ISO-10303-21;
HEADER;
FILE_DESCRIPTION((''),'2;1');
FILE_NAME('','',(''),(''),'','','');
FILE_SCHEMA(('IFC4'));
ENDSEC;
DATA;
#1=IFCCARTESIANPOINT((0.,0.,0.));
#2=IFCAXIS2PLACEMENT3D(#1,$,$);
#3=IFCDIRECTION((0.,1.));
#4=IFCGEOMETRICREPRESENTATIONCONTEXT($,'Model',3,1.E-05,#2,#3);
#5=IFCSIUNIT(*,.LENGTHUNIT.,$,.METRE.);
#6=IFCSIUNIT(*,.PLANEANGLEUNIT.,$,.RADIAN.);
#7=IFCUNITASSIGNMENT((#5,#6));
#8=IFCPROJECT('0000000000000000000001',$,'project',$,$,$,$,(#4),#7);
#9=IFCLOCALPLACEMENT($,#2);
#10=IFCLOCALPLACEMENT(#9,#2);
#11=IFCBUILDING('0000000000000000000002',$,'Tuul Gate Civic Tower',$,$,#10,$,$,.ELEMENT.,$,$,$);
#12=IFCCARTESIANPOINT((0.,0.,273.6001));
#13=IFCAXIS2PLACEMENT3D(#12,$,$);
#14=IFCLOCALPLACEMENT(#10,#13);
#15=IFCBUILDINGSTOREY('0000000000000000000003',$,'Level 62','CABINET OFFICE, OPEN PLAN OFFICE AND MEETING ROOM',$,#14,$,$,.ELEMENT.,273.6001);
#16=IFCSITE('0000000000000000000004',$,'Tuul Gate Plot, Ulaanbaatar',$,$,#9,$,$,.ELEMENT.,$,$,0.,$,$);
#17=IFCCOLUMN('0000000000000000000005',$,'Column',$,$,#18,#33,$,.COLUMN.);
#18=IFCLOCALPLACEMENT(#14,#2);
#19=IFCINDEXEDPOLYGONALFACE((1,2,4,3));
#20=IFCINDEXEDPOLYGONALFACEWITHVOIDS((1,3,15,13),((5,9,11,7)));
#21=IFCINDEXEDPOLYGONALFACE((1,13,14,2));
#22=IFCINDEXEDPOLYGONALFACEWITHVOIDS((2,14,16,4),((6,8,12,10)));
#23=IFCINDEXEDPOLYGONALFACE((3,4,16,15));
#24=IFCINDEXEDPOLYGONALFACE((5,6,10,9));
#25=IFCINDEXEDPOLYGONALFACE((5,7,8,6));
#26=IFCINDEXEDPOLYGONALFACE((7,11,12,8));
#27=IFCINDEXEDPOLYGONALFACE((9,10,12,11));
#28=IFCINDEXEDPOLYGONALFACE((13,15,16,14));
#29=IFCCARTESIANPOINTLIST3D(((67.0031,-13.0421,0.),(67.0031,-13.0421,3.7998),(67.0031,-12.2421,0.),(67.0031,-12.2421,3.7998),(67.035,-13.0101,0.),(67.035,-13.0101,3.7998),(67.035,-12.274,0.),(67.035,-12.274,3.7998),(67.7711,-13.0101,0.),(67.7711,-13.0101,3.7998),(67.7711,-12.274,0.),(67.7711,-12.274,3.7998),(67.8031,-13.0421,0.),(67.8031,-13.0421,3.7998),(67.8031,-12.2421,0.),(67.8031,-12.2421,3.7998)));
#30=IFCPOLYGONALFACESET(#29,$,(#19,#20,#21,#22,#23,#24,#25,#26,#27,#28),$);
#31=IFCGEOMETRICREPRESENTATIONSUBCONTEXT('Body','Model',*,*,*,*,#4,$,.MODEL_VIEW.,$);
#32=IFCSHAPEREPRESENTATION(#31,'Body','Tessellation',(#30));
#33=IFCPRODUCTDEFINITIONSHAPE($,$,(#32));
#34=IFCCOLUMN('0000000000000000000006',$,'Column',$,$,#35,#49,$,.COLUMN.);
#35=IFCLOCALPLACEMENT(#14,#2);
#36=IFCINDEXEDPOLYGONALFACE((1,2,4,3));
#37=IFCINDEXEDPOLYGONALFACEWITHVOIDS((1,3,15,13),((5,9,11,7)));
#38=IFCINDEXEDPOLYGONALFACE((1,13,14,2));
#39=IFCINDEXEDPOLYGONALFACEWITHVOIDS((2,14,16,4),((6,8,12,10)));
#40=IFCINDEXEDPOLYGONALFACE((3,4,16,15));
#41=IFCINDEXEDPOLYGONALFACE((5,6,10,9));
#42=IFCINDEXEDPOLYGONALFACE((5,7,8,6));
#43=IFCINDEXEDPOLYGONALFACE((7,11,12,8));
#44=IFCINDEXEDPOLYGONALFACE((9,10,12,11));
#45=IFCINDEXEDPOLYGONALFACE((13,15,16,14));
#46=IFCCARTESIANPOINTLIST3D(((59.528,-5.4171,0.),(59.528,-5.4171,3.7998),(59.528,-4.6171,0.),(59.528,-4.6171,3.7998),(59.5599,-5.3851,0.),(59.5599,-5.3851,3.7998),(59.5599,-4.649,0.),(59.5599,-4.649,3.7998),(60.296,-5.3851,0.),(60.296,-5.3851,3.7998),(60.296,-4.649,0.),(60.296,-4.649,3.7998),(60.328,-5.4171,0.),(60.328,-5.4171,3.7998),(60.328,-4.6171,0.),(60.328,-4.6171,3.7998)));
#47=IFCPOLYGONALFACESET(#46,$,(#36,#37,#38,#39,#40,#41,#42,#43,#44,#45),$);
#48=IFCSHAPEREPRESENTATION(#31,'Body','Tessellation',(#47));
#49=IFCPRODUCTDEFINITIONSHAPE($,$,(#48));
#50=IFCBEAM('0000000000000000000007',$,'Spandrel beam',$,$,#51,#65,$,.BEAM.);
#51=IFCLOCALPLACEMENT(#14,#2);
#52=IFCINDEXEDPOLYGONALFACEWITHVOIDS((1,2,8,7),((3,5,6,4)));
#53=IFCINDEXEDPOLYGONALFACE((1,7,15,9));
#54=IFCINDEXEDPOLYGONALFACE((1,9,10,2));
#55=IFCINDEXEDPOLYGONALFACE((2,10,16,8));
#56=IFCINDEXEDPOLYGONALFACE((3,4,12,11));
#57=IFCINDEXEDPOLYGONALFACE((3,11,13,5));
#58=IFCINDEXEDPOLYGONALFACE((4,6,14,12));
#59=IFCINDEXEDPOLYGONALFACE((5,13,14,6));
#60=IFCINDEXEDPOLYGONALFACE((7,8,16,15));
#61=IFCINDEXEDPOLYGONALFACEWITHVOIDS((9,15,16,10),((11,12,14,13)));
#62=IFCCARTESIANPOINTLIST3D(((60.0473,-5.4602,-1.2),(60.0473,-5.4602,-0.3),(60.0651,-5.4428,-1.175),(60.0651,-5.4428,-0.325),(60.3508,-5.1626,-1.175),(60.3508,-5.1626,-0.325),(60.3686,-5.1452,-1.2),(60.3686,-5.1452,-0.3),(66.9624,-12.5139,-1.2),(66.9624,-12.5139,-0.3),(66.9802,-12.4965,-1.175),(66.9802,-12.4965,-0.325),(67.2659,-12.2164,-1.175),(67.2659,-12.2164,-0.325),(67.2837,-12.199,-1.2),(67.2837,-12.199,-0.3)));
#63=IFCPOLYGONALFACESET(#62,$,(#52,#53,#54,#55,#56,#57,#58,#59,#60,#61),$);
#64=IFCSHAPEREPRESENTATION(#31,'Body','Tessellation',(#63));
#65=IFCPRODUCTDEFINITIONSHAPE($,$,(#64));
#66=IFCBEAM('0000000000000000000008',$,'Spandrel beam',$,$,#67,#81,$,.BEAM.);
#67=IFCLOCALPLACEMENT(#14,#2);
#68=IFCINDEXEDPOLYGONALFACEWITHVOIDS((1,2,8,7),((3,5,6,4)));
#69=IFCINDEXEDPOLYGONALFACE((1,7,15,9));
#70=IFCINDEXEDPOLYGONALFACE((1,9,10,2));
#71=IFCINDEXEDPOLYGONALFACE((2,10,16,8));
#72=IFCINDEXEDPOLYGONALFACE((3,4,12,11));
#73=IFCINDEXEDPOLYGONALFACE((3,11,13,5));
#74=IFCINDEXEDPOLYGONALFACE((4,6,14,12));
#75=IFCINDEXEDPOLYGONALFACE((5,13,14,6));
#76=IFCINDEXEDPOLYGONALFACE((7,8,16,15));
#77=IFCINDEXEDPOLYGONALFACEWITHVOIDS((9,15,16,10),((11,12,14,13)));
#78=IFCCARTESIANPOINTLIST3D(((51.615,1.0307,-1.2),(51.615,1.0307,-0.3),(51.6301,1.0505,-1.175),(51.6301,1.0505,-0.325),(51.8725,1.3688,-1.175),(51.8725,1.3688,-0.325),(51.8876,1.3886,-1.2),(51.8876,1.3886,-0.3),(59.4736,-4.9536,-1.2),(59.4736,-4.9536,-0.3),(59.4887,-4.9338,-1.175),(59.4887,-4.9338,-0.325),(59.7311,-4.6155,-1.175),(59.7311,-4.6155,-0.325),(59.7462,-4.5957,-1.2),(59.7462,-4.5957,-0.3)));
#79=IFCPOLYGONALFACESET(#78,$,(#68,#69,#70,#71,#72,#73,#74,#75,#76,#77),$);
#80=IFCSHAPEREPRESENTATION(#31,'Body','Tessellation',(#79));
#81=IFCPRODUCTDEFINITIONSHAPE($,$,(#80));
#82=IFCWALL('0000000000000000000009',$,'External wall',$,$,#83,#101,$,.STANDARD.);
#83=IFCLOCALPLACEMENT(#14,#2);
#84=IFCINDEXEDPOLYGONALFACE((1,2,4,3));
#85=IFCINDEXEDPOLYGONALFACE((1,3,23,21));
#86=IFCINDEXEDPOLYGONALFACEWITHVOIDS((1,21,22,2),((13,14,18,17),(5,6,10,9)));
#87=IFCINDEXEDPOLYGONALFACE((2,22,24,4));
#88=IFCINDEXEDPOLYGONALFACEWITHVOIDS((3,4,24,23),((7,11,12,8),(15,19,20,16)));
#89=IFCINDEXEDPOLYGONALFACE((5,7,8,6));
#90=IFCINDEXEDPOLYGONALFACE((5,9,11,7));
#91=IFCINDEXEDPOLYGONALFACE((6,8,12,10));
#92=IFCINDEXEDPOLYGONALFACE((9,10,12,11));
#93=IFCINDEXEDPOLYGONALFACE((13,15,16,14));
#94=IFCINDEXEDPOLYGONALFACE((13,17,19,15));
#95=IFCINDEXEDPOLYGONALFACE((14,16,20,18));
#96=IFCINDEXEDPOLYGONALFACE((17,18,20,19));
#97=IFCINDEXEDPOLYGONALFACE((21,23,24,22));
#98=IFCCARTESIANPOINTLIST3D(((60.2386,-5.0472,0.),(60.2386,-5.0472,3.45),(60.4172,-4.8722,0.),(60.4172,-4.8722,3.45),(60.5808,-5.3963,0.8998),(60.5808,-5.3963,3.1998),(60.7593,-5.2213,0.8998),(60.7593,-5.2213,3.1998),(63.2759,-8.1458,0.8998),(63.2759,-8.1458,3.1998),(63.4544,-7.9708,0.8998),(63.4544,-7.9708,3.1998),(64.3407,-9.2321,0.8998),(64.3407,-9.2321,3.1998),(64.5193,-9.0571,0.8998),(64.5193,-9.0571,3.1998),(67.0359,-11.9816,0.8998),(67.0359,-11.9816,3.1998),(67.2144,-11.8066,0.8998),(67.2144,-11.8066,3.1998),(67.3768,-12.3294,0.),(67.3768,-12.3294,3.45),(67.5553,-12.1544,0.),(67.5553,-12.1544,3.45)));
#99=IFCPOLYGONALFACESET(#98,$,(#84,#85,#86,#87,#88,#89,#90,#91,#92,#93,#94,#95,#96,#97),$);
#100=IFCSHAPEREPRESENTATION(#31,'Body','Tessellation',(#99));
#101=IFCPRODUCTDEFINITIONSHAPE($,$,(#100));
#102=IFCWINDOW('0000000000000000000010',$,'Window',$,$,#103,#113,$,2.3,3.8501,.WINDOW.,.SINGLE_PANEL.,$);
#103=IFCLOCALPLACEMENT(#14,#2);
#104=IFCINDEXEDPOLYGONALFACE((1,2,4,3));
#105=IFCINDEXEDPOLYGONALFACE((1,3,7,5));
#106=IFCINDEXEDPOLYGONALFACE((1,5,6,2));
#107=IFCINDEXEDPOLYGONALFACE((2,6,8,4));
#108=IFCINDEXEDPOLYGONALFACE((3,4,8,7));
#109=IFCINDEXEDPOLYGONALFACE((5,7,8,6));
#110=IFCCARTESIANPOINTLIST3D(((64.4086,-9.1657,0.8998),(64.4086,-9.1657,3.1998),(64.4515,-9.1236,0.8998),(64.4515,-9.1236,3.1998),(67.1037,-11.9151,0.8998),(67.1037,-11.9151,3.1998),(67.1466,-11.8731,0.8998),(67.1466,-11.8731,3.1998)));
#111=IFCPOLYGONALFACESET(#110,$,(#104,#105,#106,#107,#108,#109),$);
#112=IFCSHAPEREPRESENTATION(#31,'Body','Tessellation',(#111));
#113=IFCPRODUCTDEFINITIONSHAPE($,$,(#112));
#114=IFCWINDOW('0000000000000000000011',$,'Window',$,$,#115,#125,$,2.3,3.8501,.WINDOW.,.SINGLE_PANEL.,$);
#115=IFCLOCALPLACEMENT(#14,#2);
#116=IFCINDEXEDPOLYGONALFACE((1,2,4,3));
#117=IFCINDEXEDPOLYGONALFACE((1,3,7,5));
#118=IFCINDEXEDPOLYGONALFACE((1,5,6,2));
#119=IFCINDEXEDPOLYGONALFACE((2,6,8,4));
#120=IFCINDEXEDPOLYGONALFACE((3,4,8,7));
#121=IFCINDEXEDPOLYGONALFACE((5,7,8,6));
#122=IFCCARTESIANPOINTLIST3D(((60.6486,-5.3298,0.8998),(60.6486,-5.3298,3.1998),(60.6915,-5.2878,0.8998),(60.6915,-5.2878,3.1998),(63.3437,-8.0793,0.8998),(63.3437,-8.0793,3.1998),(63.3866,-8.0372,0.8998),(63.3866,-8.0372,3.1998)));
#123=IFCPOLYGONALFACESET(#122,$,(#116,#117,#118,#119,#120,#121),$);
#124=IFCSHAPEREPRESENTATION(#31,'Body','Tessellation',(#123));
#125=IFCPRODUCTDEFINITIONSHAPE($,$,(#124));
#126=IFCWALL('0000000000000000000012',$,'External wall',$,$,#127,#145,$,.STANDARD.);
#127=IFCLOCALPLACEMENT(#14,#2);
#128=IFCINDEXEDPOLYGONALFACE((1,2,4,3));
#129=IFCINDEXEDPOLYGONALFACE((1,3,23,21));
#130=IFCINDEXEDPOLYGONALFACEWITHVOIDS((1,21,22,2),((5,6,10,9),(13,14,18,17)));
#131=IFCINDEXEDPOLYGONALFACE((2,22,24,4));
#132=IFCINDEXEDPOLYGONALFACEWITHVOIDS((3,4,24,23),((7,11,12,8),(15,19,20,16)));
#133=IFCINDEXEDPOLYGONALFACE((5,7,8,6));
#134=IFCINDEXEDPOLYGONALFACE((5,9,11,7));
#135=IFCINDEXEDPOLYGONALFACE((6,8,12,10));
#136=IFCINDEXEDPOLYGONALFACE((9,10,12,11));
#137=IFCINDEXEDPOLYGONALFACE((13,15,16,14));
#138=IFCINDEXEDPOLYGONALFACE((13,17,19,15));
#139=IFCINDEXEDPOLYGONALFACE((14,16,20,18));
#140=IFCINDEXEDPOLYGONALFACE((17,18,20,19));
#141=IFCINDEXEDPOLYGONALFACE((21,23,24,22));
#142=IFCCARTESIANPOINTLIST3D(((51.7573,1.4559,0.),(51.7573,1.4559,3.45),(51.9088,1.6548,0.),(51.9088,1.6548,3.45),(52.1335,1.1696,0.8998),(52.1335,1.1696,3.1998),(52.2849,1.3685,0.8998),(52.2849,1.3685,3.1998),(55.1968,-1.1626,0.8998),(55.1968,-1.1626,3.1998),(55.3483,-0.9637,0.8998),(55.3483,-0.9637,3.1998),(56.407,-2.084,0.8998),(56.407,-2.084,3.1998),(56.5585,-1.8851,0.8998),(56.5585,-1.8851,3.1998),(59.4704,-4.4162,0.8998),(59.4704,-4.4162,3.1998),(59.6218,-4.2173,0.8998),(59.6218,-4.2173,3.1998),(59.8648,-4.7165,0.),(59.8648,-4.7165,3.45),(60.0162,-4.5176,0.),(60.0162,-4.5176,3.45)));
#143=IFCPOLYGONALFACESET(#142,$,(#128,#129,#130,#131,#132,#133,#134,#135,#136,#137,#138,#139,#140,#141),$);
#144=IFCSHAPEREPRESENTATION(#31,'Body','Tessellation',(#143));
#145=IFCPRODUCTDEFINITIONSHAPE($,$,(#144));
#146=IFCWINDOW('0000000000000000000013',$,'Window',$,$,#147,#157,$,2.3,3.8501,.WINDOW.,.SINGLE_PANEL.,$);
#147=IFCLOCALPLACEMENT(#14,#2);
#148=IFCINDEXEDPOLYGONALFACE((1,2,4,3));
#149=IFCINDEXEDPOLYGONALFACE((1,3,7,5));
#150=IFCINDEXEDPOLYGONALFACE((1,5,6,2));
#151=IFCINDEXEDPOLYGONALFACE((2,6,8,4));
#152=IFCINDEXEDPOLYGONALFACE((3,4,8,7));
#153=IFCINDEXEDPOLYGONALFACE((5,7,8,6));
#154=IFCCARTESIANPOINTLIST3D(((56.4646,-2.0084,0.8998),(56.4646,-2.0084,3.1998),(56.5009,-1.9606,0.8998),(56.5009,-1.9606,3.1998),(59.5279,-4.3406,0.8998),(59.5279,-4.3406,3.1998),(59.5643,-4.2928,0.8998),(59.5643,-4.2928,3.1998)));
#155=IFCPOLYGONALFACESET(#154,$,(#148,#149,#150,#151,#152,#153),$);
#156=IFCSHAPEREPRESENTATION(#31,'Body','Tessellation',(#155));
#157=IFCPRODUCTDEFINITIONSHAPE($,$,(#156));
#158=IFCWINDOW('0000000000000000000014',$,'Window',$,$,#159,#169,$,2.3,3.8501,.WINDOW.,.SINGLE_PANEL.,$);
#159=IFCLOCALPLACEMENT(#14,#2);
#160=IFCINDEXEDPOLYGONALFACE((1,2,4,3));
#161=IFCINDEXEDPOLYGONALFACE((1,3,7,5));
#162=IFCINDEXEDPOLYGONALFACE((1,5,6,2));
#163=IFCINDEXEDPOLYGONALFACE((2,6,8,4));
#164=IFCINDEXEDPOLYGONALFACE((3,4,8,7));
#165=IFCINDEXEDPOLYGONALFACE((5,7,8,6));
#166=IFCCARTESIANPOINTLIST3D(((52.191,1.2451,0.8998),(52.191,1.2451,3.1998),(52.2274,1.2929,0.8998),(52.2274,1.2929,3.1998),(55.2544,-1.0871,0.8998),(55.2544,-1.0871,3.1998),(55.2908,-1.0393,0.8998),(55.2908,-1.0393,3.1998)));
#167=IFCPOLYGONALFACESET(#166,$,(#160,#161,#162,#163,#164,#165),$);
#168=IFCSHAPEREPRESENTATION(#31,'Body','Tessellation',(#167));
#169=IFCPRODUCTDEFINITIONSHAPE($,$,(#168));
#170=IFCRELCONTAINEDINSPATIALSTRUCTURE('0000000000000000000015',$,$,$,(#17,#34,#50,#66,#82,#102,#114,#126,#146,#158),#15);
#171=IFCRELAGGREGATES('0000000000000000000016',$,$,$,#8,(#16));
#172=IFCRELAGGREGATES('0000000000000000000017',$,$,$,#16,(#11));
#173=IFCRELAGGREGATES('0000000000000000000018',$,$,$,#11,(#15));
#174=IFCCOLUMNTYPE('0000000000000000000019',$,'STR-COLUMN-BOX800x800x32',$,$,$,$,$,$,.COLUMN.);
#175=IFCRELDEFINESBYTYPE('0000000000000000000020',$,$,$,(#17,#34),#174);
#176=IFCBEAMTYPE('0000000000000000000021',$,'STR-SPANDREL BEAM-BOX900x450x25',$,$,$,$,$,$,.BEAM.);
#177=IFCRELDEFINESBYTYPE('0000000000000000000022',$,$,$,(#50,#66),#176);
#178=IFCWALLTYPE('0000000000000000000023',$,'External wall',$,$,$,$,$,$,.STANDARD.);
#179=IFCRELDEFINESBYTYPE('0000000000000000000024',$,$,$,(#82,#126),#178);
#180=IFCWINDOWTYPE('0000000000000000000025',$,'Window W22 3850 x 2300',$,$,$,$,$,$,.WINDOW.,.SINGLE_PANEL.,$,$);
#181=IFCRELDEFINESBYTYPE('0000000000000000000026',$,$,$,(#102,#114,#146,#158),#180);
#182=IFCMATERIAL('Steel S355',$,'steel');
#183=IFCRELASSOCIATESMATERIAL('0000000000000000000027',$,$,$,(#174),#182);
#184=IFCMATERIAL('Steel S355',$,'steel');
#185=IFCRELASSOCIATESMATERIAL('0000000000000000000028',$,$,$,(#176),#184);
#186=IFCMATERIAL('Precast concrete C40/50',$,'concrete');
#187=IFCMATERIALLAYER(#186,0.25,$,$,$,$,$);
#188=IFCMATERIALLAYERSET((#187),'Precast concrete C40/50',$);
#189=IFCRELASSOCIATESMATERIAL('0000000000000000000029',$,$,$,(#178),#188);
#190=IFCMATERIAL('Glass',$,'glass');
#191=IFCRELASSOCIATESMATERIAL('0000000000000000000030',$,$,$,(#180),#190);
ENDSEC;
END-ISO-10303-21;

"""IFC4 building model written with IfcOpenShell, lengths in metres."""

from ifc_helpers import new_model, si_unit, direction, frame, frame_2d, origin, origin_2d, place, context, subcontext, project, spatial, rectangle, hollow_rectangle, extrude, material, layer, layer_set, material_profile, profile_set, type_object, element, fill, save


model = new_model("IFC4")

# Units and contexts
model_context = context("Model", 3, precision=1e-05, world=origin(), true_north=direction((0.0, 1.0)))
body_context = subcontext(model_context, "Body", "Model", "MODEL_VIEW")
ifc_project = project(units=[si_unit("LENGTHUNIT", "METRE"), si_unit("PLANEANGLEUNIT", "RADIAN")], contexts=[model_context])

# Site, building, storey
site_placement = place(None, origin())
site = spatial("IfcSite", under=ifc_project, at=site_placement, Name="Tuul Gate Plot, Ulaanbaatar", CompositionType="ELEMENT", RefElevation=0.0)
building_placement = place(site_placement, origin())
building = spatial("IfcBuilding", under=site, at=building_placement, Name="Tuul Gate Civic Tower", CompositionType="ELEMENT")
storey_placement = place(building_placement, frame((0.0, 0.0, 273.6001)))
storey = spatial("IfcBuildingStorey", under=building, at=storey_placement, Name="Level 62", Description="CABINET OFFICE, OPEN PLAN OFFICE AND MEETING ROOM", CompositionType="ELEMENT", Elevation=273.6001)

# Columns
ifc_material_1 = material(Name="Steel S355", Category="steel")
ifc_material_profile_1 = material_profile(ifc_material_1, hollow_rectangle(XDim=0.8, YDim=0.8, WallThickness=0.032, at=origin_2d()), Name="BOX800x800x32")
ifc_profile_set_1 = profile_set([ifc_material_profile_1], Name="Steel S355")
column_type = type_object("IfcColumnType", Name="STR-COLUMN-BOX800x800x32", PredefinedType="COLUMN", material=ifc_profile_set_1)
for number, where, z_axis, x_axis, name in (
    (1, (67.4031, -12.6421, 0.0), (0.0, 0.0, 1.0), (1.0, 0.0, 0.0), "Column"),
    (2, (59.928, -5.0171, 0.0), (0.0, 0.0, 1.0), (1.0, 0.0, 0.0), "Column"),
):
    element("IfcColumn", number, at=place(storey_placement, frame(where, z_axis=z_axis, x_axis=x_axis)), inside=storey, type_object=column_type, Name=name, PredefinedType="COLUMN", context=body_context, shape_type="SweptSolid", body=[
        extrude(hollow_rectangle(XDim=0.8, YDim=0.8, WallThickness=0.032, at=origin_2d()), origin(), (0.0, 0.0, 1.0), 3.7998),
    ])

# Beams
ifc_material_2 = material(Name="Steel S355", Category="steel")
ifc_material_profile_2 = material_profile(ifc_material_2, hollow_rectangle(XDim=0.45, YDim=0.8999, WallThickness=0.0249, at=origin_2d()), Name="BOX900x450x25")
ifc_profile_set_2 = profile_set([ifc_material_profile_2], Name="Steel S355")
beam_type = type_object("IfcBeamType", Name="STR-SPANDREL BEAM-BOX900x450x25", PredefinedType="BEAM", material=ifc_profile_set_2)
beam_1_placement = place(storey_placement, frame((67.123, -12.3564, -0.75), z_axis=(-0.700053, 0.714091, 0.0), x_axis=(-0.714091, -0.700053, 0.0)))
element("IfcBeam", 3, at=beam_1_placement, inside=storey, type_object=beam_type, Name="Spandrel beam", PredefinedType="BEAM", context=body_context, shape_type="SweptSolid", body=[
    extrude(hollow_rectangle(XDim=0.45, YDim=0.8999, WallThickness=0.0249, at=origin_2d()), origin(), (0.0, 0.0, 1.0), 9.8779),
])
beam_2_placement = place(storey_placement, frame((59.6099, -4.7747, -0.75), z_axis=(-0.795586, 0.605841, 0.0), x_axis=(-0.605841, -0.795586, 0.0)))
element("IfcBeam", 4, at=beam_2_placement, inside=storey, type_object=beam_type, Name="Spandrel beam", PredefinedType="BEAM", context=body_context, shape_type="SweptSolid", body=[
    extrude(hollow_rectangle(XDim=0.45, YDim=0.8999, WallThickness=0.0249, at=origin_2d()), origin(), (0.0, 0.0, 1.0), 9.8777),
])

# Walls, openings, windows
ifc_material_3 = material(Name="Precast concrete C40/50", Category="concrete")
ifc_layer_1 = layer(ifc_material_3, 0.25)
ifc_layer_set_1 = layer_set([ifc_layer_1], Name="Precast concrete C40/50")
wall_type_1 = type_object("IfcWallType", Name="External wall", PredefinedType="STANDARD", material=ifc_layer_set_1)
wall_1_placement = place(storey_placement, frame((67.4661, -12.2419, 0.0), z_axis=(0.0, 0.0, 1.0), x_axis=(-0.700009, 0.714134, 0.0)))
wall_1 = element("IfcWall", 5, at=wall_1_placement, inside=storey, type_object=wall_type_1, Name="External wall", PredefinedType="STANDARD", context=body_context, shape_type="SweptSolid", body=[
    extrude(rectangle(XDim=10.1973, YDim=0.25, at=frame_2d((5.0986, 0.0))), origin(), (0.0, 0.0, 1.0), 3.45),
])
opening_1_placement = place(wall_1_placement, frame((0.4871, 0.0, 0.8999)))
opening_1 = element("IfcOpeningElement", 6, at=opening_1_placement, cuts=wall_1, PredefinedType="OPENING", context=body_context, shape_type="SweptSolid", body=[
    extrude(rectangle(XDim=3.8501, YDim=2.3, at=frame_2d((1.925, 1.1499))), frame((0.0, 0.135, 0.0), z_axis=(0.0, -1.0, 0.0), x_axis=(1.0, 0.0, 0.0)), (0.0, 0.0, 1.0), 0.27),
])
opening_2_placement = place(wall_1_placement, frame((5.8584, 0.0, 0.8999)))
opening_2 = element("IfcOpeningElement", 7, at=opening_2_placement, cuts=wall_1, PredefinedType="OPENING", context=body_context, shape_type="SweptSolid", body=[
    extrude(rectangle(XDim=3.8501, YDim=2.3, at=frame_2d((1.925, 1.1499))), frame((0.0, 0.135, 0.0), z_axis=(0.0, -1.0, 0.0), x_axis=(1.0, 0.0, 0.0)), (0.0, 0.0, 1.0), 0.27),
])
ifc_material_4 = material(Name="Glass", Category="glass")
window_type = type_object("IfcWindowType", Name="Window W22 3850 x 2300", PartitioningType="SINGLE_PANEL", PredefinedType="WINDOW", material=ifc_material_4)
window_1_placement = place(opening_1_placement, origin())
window_1 = element("IfcWindow", 8, at=window_1_placement, inside=storey, type_object=window_type, Name="Window", OverallHeight=2.3, OverallWidth=3.8501, PartitioningType="SINGLE_PANEL", PredefinedType="WINDOW", context=body_context, shape_type="SweptSolid", body=[
    extrude(rectangle(XDim=3.8501, YDim=2.3, at=frame_2d((1.925, 1.1499))), frame((0.0, 0.03, 0.0), z_axis=(0.0, -1.0, 0.0), x_axis=(1.0, 0.0, 0.0)), (0.0, 0.0, 1.0), 0.0601),
])
fill(opening_1, window_1)
window_2_placement = place(opening_2_placement, origin())
window_2 = element("IfcWindow", 9, at=window_2_placement, inside=storey, type_object=window_type, Name="Window", OverallHeight=2.3, OverallWidth=3.8501, PartitioningType="SINGLE_PANEL", PredefinedType="WINDOW", context=body_context, shape_type="SweptSolid", body=[
    extrude(rectangle(XDim=3.8501, YDim=2.3, at=frame_2d((1.925, 1.1499))), frame((0.0, 0.03, 0.0), z_axis=(0.0, -1.0, 0.0), x_axis=(1.0, 0.0, 0.0)), (0.0, 0.0, 1.0), 0.0601),
])
fill(opening_2, window_2)
wall_2_placement = place(storey_placement, frame((59.9404, -4.6169, 0.0), z_axis=(0.0, 0.0, 1.0), x_axis=(-0.795655, 0.60575, 0.0)))
wall_2 = element("IfcWall", 10, at=wall_2_placement, inside=storey, type_object=wall_type_1, Name="External wall", PredefinedType="STANDARD", context=body_context, shape_type="SweptSolid", body=[
    extrude(rectangle(XDim=10.1897, YDim=0.25, at=frame_2d((5.0947, 0.0))), origin(), (0.0, 0.0, 1.0), 3.45),
])
opening_3_placement = place(wall_2_placement, frame((0.4956, 0.0, 0.8999)))
opening_3 = element("IfcOpeningElement", 11, at=opening_3_placement, cuts=wall_2, PredefinedType="OPENING", context=body_context, shape_type="SweptSolid", body=[
    extrude(rectangle(XDim=3.8501, YDim=2.3, at=frame_2d((1.925, 1.1499))), frame((0.0, 0.135, 0.0), z_axis=(0.0, -1.0, 0.0), x_axis=(1.0, 0.0, 0.0)), (0.0, 0.0, 1.0), 0.27),
])
opening_4_placement = place(wall_2_placement, frame((5.8667, 0.0, 0.8999)))
opening_4 = element("IfcOpeningElement", 12, at=opening_4_placement, cuts=wall_2, PredefinedType="OPENING", context=body_context, shape_type="SweptSolid", body=[
    extrude(rectangle(XDim=3.8501, YDim=2.3, at=frame_2d((1.925, 1.1499))), frame((0.0, 0.135, 0.0), z_axis=(0.0, -1.0, 0.0), x_axis=(1.0, 0.0, 0.0)), (0.0, 0.0, 1.0), 0.27),
])
window_3_placement = place(opening_3_placement, origin())
window_3 = element("IfcWindow", 13, at=window_3_placement, inside=storey, type_object=window_type, Name="Window", OverallHeight=2.3, OverallWidth=3.8501, PartitioningType="SINGLE_PANEL", PredefinedType="WINDOW", context=body_context, shape_type="SweptSolid", body=[
    extrude(rectangle(XDim=3.8501, YDim=2.3, at=frame_2d((1.925, 1.1499))), frame((0.0, 0.03, 0.0), z_axis=(0.0, -1.0, 0.0), x_axis=(1.0, 0.0, 0.0)), (0.0, 0.0, 1.0), 0.0601),
])
fill(opening_3, window_3)
window_4_placement = place(opening_4_placement, origin())
window_4 = element("IfcWindow", 14, at=window_4_placement, inside=storey, type_object=window_type, Name="Window", OverallHeight=2.3, OverallWidth=3.8501, PartitioningType="SINGLE_PANEL", PredefinedType="WINDOW", context=body_context, shape_type="SweptSolid", body=[
    extrude(rectangle(XDim=3.8501, YDim=2.3, at=frame_2d((1.925, 1.1499))), frame((0.0, 0.03, 0.0), z_axis=(0.0, -1.0, 0.0), x_axis=(1.0, 0.0, 0.0)), (0.0, 0.0, 1.0), 0.0601),
])
fill(opening_4, window_4)

save(model, "model.ifc")
